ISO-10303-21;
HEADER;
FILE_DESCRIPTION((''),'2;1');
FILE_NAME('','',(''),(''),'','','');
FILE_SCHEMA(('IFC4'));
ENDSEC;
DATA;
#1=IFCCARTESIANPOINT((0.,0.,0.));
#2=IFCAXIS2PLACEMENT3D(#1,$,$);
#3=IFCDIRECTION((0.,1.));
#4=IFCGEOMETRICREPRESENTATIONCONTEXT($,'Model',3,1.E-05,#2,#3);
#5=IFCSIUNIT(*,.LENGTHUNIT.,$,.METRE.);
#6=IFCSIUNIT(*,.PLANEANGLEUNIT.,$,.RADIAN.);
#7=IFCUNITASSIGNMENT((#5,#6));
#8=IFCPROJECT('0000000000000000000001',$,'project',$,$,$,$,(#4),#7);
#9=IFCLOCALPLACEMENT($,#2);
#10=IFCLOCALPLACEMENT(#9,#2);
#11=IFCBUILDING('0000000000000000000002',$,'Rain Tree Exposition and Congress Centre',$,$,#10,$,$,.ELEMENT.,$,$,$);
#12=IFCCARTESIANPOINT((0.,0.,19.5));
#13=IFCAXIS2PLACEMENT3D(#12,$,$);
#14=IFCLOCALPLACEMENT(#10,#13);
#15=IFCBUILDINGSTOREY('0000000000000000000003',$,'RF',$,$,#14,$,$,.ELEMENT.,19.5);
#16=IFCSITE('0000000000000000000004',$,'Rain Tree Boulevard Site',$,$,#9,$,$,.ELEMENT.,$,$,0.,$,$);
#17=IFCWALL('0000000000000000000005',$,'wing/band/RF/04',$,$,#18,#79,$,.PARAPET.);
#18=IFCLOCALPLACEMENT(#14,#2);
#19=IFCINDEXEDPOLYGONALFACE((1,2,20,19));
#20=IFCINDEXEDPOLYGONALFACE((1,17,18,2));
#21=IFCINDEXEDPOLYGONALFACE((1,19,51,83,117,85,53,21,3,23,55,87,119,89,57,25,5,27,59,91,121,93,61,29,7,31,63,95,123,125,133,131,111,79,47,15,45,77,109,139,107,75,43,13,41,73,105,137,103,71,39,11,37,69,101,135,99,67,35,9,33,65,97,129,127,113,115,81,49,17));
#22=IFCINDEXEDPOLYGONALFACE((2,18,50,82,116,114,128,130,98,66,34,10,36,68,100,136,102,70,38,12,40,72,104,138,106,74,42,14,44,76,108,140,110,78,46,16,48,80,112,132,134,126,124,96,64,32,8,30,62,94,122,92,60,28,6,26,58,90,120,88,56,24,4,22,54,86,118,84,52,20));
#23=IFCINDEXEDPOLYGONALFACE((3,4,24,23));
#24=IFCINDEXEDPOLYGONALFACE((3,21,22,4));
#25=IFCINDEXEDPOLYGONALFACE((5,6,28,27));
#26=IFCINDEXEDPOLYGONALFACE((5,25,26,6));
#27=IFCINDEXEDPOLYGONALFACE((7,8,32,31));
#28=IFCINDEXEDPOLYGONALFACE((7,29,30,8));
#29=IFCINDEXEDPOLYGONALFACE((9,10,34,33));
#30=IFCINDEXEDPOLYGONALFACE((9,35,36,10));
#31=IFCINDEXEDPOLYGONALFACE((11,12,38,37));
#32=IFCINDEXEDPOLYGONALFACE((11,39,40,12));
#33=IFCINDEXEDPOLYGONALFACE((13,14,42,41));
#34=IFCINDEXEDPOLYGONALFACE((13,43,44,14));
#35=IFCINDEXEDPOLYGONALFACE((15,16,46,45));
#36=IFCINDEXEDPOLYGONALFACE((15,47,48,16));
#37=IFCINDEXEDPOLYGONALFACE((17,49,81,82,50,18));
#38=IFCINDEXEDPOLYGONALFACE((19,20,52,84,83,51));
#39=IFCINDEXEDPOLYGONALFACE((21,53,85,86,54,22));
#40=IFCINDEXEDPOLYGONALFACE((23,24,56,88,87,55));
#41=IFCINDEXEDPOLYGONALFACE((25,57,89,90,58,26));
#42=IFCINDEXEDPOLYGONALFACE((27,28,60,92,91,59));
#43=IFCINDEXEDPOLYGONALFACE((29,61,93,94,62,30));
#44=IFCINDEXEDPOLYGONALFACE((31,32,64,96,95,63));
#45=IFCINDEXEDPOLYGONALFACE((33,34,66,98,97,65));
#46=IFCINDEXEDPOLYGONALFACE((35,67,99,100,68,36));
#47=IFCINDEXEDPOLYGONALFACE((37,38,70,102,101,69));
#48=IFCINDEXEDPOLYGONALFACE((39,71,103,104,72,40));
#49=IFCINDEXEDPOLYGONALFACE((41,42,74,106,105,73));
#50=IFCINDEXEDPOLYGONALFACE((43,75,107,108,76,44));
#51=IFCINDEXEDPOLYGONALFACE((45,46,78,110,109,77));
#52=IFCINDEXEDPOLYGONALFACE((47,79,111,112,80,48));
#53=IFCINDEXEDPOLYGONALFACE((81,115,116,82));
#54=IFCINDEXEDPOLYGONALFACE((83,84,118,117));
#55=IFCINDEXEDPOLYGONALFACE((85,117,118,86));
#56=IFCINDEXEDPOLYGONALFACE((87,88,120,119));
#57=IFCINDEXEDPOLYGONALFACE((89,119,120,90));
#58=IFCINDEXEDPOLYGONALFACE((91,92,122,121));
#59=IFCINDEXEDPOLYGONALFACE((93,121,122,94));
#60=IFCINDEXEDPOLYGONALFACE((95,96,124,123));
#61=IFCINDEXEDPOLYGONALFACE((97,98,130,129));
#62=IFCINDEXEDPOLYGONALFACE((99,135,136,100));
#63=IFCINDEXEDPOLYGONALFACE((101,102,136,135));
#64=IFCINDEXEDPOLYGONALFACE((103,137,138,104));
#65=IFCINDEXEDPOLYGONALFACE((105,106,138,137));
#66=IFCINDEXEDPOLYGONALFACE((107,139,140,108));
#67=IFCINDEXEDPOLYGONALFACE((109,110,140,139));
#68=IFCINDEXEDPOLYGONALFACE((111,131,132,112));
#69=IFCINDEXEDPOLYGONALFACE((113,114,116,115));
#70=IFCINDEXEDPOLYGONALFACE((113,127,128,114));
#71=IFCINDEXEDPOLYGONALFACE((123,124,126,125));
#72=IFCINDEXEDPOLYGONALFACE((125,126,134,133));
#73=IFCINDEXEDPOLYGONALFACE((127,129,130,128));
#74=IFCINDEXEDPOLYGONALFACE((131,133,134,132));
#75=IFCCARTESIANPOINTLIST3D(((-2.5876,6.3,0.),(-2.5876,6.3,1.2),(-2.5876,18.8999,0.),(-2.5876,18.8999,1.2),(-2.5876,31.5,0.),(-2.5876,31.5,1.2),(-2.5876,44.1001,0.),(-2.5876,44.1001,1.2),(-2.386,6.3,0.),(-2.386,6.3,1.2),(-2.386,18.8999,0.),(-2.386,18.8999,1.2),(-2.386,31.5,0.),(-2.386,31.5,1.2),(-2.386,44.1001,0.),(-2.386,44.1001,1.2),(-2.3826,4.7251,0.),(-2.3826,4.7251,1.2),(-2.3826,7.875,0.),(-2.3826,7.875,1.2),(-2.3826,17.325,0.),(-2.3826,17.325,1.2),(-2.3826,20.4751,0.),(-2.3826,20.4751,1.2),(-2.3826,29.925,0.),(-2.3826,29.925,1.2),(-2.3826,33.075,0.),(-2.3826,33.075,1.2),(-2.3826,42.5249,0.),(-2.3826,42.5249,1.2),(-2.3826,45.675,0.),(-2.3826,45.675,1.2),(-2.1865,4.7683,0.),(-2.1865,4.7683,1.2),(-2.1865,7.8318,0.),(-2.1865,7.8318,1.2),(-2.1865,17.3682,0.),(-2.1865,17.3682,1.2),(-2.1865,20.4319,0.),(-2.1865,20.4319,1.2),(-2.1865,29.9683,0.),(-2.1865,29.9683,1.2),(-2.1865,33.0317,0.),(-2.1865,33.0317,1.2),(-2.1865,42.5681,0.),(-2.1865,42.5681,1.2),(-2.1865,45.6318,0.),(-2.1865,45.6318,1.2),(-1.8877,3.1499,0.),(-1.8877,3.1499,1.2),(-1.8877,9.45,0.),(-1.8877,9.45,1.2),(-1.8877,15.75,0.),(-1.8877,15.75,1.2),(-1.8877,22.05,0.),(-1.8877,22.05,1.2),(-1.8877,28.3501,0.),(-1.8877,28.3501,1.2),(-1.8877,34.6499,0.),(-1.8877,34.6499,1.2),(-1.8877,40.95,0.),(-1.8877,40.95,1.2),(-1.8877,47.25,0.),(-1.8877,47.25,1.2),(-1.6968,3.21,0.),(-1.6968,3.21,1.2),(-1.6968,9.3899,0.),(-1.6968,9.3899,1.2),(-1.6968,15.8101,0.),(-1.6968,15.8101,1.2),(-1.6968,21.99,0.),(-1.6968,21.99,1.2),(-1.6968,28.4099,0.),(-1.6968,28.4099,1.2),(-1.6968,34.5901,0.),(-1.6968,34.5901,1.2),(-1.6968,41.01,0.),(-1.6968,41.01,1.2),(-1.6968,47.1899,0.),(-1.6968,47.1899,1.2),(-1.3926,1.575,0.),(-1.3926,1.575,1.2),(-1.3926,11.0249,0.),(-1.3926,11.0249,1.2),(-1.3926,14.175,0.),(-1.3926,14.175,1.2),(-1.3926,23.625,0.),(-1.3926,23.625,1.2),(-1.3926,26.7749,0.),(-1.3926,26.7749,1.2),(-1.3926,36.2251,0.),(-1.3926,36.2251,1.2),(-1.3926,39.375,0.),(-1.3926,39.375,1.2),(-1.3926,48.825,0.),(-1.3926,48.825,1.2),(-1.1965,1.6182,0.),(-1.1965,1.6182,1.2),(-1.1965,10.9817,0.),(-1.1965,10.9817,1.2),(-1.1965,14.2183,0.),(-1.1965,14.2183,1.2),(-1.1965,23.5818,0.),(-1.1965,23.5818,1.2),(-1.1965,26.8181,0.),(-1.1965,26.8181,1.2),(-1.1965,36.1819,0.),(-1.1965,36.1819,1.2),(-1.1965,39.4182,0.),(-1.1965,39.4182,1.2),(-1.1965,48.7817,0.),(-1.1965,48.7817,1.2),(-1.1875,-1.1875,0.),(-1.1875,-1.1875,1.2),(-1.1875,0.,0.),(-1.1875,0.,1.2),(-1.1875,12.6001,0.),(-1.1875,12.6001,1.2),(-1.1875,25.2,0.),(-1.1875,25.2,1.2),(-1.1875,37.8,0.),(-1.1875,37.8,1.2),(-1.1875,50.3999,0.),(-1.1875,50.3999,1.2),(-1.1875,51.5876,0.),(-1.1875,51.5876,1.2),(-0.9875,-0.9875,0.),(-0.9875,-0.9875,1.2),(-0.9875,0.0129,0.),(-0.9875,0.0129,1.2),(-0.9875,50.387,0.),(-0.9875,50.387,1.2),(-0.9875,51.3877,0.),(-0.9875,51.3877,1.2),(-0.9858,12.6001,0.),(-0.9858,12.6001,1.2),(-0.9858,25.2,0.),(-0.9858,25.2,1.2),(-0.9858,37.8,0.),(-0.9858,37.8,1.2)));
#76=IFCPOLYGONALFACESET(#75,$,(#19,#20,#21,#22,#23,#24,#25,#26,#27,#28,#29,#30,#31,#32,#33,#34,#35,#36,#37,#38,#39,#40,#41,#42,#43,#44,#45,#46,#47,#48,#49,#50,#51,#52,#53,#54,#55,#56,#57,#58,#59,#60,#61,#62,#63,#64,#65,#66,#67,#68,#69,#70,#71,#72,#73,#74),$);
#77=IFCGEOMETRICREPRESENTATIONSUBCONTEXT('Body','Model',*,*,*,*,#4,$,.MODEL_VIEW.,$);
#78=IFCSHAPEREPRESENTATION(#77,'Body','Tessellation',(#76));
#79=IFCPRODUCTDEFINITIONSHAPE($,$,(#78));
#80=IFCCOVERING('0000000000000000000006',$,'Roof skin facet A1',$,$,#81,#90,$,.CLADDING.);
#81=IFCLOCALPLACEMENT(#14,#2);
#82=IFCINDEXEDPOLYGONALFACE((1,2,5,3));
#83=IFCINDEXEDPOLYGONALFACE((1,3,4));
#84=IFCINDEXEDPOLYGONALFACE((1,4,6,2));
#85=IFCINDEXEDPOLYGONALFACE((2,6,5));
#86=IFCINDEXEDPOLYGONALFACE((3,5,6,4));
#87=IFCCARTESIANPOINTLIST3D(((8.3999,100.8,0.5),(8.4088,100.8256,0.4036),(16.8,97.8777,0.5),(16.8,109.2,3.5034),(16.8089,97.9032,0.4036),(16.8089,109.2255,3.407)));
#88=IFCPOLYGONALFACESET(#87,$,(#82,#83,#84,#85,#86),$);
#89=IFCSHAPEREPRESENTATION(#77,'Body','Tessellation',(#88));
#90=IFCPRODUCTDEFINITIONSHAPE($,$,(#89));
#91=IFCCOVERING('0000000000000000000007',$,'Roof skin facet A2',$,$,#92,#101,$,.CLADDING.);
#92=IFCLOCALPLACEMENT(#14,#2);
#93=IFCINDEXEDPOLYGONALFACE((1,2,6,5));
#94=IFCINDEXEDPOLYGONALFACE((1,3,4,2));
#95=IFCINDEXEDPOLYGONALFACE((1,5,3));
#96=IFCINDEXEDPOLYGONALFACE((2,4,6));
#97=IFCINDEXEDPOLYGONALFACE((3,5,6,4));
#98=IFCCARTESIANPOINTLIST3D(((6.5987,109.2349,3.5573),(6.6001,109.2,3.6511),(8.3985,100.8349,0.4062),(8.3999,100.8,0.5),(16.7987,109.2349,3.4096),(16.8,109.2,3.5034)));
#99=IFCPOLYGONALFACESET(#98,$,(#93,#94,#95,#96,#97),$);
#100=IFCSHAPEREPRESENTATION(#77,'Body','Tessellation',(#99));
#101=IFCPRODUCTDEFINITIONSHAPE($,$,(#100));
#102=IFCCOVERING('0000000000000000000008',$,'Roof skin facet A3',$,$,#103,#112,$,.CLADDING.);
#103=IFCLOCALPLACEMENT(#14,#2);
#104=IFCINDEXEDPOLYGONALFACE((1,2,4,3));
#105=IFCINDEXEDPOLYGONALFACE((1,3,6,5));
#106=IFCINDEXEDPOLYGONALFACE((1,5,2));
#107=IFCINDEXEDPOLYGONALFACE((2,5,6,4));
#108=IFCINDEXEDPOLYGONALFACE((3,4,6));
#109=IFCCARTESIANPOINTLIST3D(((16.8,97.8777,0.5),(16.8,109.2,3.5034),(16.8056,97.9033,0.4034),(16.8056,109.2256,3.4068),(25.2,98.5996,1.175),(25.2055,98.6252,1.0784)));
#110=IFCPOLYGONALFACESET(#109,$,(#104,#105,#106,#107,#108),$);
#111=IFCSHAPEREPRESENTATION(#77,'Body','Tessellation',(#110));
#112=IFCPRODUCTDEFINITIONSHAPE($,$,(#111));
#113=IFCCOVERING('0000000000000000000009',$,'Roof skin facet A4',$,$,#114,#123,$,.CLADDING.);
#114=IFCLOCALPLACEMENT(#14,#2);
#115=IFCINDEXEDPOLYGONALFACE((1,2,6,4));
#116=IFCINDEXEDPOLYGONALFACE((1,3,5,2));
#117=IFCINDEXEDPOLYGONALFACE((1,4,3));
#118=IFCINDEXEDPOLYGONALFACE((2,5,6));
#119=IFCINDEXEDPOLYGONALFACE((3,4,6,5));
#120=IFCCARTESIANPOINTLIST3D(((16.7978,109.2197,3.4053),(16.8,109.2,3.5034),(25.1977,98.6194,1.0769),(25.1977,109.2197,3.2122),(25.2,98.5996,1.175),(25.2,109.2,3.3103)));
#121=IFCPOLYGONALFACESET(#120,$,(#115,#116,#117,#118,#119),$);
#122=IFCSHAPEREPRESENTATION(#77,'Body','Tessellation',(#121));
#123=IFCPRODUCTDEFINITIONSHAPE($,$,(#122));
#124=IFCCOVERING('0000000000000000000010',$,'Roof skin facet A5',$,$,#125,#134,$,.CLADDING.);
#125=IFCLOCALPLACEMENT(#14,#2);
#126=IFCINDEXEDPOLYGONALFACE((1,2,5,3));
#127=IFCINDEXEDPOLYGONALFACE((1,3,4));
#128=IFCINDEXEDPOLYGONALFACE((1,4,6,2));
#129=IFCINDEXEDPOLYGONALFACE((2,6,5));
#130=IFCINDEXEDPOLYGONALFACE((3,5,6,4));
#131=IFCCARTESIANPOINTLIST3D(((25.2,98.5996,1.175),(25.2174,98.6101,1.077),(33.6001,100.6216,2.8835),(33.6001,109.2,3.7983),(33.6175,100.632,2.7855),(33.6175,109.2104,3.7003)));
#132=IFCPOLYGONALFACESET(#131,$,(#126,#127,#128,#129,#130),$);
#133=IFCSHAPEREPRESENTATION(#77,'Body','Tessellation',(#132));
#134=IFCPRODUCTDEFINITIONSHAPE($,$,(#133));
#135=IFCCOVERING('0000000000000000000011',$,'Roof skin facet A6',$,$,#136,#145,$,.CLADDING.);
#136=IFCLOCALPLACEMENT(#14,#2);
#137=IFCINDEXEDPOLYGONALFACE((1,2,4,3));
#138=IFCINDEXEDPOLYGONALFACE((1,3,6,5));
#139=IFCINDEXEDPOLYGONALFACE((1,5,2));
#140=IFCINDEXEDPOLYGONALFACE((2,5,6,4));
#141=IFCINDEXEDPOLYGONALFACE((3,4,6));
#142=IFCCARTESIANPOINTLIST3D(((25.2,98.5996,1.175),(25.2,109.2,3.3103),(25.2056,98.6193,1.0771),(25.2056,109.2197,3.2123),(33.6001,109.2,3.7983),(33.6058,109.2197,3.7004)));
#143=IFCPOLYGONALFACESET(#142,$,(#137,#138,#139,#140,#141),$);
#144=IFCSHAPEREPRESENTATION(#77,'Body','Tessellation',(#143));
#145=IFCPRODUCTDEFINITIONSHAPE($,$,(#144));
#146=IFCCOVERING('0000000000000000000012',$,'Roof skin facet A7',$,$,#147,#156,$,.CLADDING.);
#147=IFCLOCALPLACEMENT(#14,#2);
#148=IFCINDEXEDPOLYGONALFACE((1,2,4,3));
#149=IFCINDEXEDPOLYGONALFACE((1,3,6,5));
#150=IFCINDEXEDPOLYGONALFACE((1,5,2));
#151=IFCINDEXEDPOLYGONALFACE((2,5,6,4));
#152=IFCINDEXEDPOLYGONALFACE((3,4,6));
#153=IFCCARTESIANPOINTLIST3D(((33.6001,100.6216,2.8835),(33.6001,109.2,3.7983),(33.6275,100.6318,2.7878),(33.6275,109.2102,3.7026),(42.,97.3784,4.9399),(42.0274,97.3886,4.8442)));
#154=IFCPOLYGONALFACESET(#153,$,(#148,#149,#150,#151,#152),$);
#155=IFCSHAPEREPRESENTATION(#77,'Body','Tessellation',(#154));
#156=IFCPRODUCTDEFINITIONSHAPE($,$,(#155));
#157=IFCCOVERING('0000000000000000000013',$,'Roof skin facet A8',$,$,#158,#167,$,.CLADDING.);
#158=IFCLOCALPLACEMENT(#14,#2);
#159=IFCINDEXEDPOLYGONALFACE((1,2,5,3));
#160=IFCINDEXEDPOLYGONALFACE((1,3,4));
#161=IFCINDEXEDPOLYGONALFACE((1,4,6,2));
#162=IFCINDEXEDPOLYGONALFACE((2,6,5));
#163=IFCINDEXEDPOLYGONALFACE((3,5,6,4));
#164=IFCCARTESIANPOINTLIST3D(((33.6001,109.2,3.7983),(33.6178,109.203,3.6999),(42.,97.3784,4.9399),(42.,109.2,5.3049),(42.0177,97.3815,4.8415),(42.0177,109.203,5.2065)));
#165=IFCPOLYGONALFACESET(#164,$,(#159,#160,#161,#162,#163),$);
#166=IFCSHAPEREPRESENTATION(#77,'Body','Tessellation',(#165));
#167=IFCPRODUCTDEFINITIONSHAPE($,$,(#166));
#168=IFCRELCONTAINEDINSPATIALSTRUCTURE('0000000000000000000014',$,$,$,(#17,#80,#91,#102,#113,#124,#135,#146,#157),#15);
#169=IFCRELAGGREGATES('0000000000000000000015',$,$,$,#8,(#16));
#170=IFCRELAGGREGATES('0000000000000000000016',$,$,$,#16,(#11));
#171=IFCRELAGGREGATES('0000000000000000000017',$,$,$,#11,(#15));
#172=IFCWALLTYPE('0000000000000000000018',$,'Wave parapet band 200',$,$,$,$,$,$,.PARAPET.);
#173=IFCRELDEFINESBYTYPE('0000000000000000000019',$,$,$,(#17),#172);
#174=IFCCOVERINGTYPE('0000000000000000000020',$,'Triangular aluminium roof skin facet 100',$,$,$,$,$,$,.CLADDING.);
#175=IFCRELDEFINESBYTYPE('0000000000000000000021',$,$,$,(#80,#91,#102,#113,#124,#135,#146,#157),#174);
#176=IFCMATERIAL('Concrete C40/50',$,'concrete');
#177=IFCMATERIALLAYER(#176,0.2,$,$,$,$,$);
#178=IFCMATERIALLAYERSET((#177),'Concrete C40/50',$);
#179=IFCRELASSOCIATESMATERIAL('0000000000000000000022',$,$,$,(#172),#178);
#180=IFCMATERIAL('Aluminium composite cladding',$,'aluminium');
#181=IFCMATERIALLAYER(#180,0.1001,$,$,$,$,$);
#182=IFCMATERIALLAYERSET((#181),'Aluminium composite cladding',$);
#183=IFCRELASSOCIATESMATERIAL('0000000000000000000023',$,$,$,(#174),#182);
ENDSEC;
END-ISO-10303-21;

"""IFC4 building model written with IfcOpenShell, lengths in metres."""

from ifc_helpers import new_model, si_unit, direction, frame, origin, place, context, subcontext, project, spatial, polyline, outline, extrude, material, layer, layer_set, type_object, element, save


model = new_model("IFC4")

# Units and contexts
model_context = context("Model", 3, precision=1e-05, world=origin(), true_north=direction((0.0, 1.0)))
body_context = subcontext(model_context, "Body", "Model", "MODEL_VIEW")
ifc_project = project(units=[si_unit("LENGTHUNIT", "METRE"), si_unit("PLANEANGLEUNIT", "RADIAN")], contexts=[model_context])

# Site, building, storey
site_placement = place(None, origin())
site = spatial("IfcSite", under=ifc_project, at=site_placement, Name="Rain Tree Boulevard Site", CompositionType="ELEMENT", RefElevation=0.0)
building_placement = place(site_placement, origin())
building = spatial("IfcBuilding", under=site, at=building_placement, Name="Rain Tree Exposition and Congress Centre", CompositionType="ELEMENT")
storey_placement = place(building_placement, frame((0.0, 0.0, 19.5)))
storey = spatial("IfcBuildingStorey", under=building, at=storey_placement, Name="RF", CompositionType="ELEMENT", Elevation=19.5)

# Wall
ifc_material_1 = material(Name="Concrete C40/50", Category="concrete")
ifc_layer_1 = layer(ifc_material_1, 0.2)
ifc_layer_set_1 = layer_set([ifc_layer_1], Name="Concrete C40/50")
wall_type_1 = type_object("IfcWallType", Name="Wave parapet band 200", PredefinedType="PARAPET", material=ifc_layer_set_1)
wall_1_placement = place(storey_placement, origin())
element("IfcWall", 1, at=wall_1_placement, inside=storey, type_object=wall_type_1, Name="wing/band/RF/04", PredefinedType="PARAPET", context=body_context, shape_type="SweptSolid", body=[
    extrude(outline(polyline([(-1.1875, 0.0), (-1.1875, -1.1875), (-0.9875, -0.9875), (-0.9875, 0.0129), (-1.1965, 1.6182), (-1.6968, 3.21), (-2.1865, 4.7683), (-2.386, 6.3), (-2.1865, 7.8318), (-1.6968, 9.3899), (-1.1965, 10.9817), (-0.9858, 12.6001), (-1.1965, 14.2183), (-1.6968, 15.8101), (-2.1865, 17.3682), (-2.386, 18.8999), (-2.1865, 20.4319), (-1.6968, 21.99), (-1.1965, 23.5818), (-0.9858, 25.2), (-1.1965, 26.8181), (-1.6968, 28.4099), (-2.1865, 29.9683), (-2.386, 31.5), (-2.1865, 33.0317), (-1.6968, 34.5901), (-1.1965, 36.1819), (-0.9858, 37.8), (-1.1965, 39.4182), (-1.6968, 41.01), (-2.1865, 42.5681), (-2.386, 44.1001), (-2.1865, 45.6318), (-1.6968, 47.1899), (-1.1965, 48.7817), (-0.9875, 50.387), (-0.9875, 51.3877), (-1.1875, 51.5876), (-1.1875, 50.3999), (-1.3926, 48.825), (-1.8877, 47.25), (-2.3826, 45.675), (-2.5876, 44.1001), (-2.3826, 42.5249), (-1.8877, 40.95), (-1.3926, 39.375), (-1.1875, 37.8), (-1.3926, 36.2251), (-1.8877, 34.6499), (-2.3826, 33.075), (-2.5876, 31.5), (-2.3826, 29.925), (-1.8877, 28.3501), (-1.3926, 26.7749), (-1.1875, 25.2), (-1.3926, 23.625), (-1.8877, 22.05), (-2.3826, 20.4751), (-2.5876, 18.8999), (-2.3826, 17.325), (-1.8877, 15.75), (-1.3926, 14.175), (-1.1875, 12.6001), (-1.3926, 11.0249), (-1.8877, 9.45), (-2.3826, 7.875), (-2.5876, 6.3), (-2.3826, 4.7251), (-1.8877, 3.1499), (-1.3926, 1.575), (-1.1875, 0.0)])), origin(), (0.0, 0.0, 1.0), 1.2),
])

# Coverings
ifc_material_2 = material(Name="Aluminium composite cladding", Category="aluminium")
ifc_layer_2 = layer(ifc_material_2, 0.1001)
ifc_layer_set_2 = layer_set([ifc_layer_2], Name="Aluminium composite cladding")
covering_type = type_object("IfcCoveringType", Name="Triangular aluminium roof skin facet 100", PredefinedType="CLADDING", material=ifc_layer_set_2)
covering_1_placement = place(storey_placement, frame((8.3999, 100.8, 0.5), z_axis=(-0.088847, -0.255385, 0.962749), x_axis=(0.944477, -0.328578, 0.0)))
element("IfcCovering", 2, at=covering_1_placement, inside=storey, type_object=covering_type, Name="Roof skin facet A1", PredefinedType="CLADDING", context=body_context, shape_type="SweptSolid", body=[
    extrude(outline(polyline([(0.0, 0.0), (8.894, 0.0), (5.1737, 11.1074), (0.0, 0.0)])), origin(), (0.0, 0.0, -1.0), 0.1001),
])
covering_2_placement = place(storey_placement, frame((8.3999, 100.8, 0.5), z_axis=(0.013571, -0.348654, 0.937153), x_axis=(0.685546, 0.685526, 0.245113)))
element("IfcCovering", 3, at=covering_2_placement, inside=storey, type_object=covering_type, Name="Roof skin facet A2", PredefinedType="CLADDING", context=body_context, shape_type="SweptSolid", body=[
    extrude(outline(polyline([(0.0, 0.0), (12.2532, 0.0), (5.2969, 7.4612), (0.0, 0.0)])), origin(), (0.0, 0.0, -1.0), 0.1001),
])
covering_3_placement = place(storey_placement, frame((16.8, 97.8777, 0.5), z_axis=(-0.055555, -0.256003, 0.965078), x_axis=(0.993149, 0.085355, 0.079813)))
element("IfcCovering", 4, at=covering_3_placement, inside=storey, type_object=covering_type, Name="Roof skin facet A3", PredefinedType="CLADDING", context=body_context, shape_type="SweptSolid", body=[
    extrude(outline(polyline([(0.0, 0.0), (8.4578, 0.0), (1.2061, 11.6516), (0.0, 0.0)])), origin(), (0.0, 0.0, -1.0), 0.1001),
])
covering_4_placement = place(storey_placement, frame((25.2, 98.5996, 1.175), z_axis=(0.022532, -0.197416, 0.980061), x_axis=(0.0, 0.98031, 0.197466)))
element("IfcCovering", 5, at=covering_4_placement, inside=storey, type_object=covering_type, Name="Roof skin facet A4", PredefinedType="CLADDING", context=body_context, shape_type="SweptSolid", body=[
    extrude(outline(polyline([(0.0, 0.0), (10.8133, 0.0), (10.8514, 8.402), (0.0, 0.0)])), origin(), (0.0, 0.0, -1.0), 0.1001),
])
covering_5_placement = place(storey_placement, frame((25.2, 98.5996, 1.175), z_axis=(-0.174022, -0.104421, 0.97919), x_axis=(0.953763, 0.229577, 0.193985)))
element("IfcCovering", 6, at=covering_5_placement, inside=storey, type_object=covering_type, Name="Roof skin facet A5", PredefinedType="CLADDING", context=body_context, shape_type="SweptSolid", body=[
    extrude(outline(polyline([(0.0, 0.0), (8.8074, 0.0), (10.9542, 8.3556), (0.0, 0.0)])), origin(), (0.0, 0.0, -1.0), 0.1001),
])
covering_6_placement = place(storey_placement, frame((25.2, 98.5996, 1.175), z_axis=(-0.056863, -0.197147, 0.978724), x_axis=(0.609713, 0.769412, 0.190408)))
element("IfcCovering", 7, at=covering_6_placement, inside=storey, type_object=covering_type, Name="Roof skin facet A6", PredefinedType="CLADDING", context=body_context, shape_type="SweptSolid", body=[
    extrude(outline(polyline([(0.0, 0.0), (13.7772, 0.0), (8.5626, 6.6037), (0.0, 0.0)])), origin(), (0.0, 0.0, -1.0), 0.1001),
])
covering_7_placement = place(storey_placement, frame((33.6001, 100.6216, 2.8835), z_axis=(-0.273528, -0.101995, 0.956441), x_axis=(0.909466, -0.351141, 0.222648)))
element("IfcCovering", 8, at=covering_7_placement, inside=storey, type_object=covering_type, Name="Roof skin facet A7", PredefinedType="CLADDING", context=body_context, shape_type="SweptSolid", body=[
    extrude(outline(polyline([(0.0, 0.0), (9.2361, 0.0), (-2.8085, 8.157), (0.0, 0.0)])), origin(), (0.0, 0.0, -1.0), 0.1001),
])
covering_8_placement = place(storey_placement, frame((42.0, 97.3784, 4.9399), z_axis=(-0.17646, -0.030376, 0.983839), x_axis=(0.0, 0.999524, 0.03086)))
element("IfcCovering", 9, at=covering_8_placement, inside=storey, type_object=covering_type, Name="Roof skin facet A8", PredefinedType="CLADDING", context=body_context, shape_type="SweptSolid", body=[
    extrude(outline(polyline([(0.0, 0.0), (11.8272, 0.0), (11.7807, 8.5338), (0.0, 0.0)])), origin(), (0.0, 0.0, -1.0), 0.1001),
])

save(model, "model.ifc")
